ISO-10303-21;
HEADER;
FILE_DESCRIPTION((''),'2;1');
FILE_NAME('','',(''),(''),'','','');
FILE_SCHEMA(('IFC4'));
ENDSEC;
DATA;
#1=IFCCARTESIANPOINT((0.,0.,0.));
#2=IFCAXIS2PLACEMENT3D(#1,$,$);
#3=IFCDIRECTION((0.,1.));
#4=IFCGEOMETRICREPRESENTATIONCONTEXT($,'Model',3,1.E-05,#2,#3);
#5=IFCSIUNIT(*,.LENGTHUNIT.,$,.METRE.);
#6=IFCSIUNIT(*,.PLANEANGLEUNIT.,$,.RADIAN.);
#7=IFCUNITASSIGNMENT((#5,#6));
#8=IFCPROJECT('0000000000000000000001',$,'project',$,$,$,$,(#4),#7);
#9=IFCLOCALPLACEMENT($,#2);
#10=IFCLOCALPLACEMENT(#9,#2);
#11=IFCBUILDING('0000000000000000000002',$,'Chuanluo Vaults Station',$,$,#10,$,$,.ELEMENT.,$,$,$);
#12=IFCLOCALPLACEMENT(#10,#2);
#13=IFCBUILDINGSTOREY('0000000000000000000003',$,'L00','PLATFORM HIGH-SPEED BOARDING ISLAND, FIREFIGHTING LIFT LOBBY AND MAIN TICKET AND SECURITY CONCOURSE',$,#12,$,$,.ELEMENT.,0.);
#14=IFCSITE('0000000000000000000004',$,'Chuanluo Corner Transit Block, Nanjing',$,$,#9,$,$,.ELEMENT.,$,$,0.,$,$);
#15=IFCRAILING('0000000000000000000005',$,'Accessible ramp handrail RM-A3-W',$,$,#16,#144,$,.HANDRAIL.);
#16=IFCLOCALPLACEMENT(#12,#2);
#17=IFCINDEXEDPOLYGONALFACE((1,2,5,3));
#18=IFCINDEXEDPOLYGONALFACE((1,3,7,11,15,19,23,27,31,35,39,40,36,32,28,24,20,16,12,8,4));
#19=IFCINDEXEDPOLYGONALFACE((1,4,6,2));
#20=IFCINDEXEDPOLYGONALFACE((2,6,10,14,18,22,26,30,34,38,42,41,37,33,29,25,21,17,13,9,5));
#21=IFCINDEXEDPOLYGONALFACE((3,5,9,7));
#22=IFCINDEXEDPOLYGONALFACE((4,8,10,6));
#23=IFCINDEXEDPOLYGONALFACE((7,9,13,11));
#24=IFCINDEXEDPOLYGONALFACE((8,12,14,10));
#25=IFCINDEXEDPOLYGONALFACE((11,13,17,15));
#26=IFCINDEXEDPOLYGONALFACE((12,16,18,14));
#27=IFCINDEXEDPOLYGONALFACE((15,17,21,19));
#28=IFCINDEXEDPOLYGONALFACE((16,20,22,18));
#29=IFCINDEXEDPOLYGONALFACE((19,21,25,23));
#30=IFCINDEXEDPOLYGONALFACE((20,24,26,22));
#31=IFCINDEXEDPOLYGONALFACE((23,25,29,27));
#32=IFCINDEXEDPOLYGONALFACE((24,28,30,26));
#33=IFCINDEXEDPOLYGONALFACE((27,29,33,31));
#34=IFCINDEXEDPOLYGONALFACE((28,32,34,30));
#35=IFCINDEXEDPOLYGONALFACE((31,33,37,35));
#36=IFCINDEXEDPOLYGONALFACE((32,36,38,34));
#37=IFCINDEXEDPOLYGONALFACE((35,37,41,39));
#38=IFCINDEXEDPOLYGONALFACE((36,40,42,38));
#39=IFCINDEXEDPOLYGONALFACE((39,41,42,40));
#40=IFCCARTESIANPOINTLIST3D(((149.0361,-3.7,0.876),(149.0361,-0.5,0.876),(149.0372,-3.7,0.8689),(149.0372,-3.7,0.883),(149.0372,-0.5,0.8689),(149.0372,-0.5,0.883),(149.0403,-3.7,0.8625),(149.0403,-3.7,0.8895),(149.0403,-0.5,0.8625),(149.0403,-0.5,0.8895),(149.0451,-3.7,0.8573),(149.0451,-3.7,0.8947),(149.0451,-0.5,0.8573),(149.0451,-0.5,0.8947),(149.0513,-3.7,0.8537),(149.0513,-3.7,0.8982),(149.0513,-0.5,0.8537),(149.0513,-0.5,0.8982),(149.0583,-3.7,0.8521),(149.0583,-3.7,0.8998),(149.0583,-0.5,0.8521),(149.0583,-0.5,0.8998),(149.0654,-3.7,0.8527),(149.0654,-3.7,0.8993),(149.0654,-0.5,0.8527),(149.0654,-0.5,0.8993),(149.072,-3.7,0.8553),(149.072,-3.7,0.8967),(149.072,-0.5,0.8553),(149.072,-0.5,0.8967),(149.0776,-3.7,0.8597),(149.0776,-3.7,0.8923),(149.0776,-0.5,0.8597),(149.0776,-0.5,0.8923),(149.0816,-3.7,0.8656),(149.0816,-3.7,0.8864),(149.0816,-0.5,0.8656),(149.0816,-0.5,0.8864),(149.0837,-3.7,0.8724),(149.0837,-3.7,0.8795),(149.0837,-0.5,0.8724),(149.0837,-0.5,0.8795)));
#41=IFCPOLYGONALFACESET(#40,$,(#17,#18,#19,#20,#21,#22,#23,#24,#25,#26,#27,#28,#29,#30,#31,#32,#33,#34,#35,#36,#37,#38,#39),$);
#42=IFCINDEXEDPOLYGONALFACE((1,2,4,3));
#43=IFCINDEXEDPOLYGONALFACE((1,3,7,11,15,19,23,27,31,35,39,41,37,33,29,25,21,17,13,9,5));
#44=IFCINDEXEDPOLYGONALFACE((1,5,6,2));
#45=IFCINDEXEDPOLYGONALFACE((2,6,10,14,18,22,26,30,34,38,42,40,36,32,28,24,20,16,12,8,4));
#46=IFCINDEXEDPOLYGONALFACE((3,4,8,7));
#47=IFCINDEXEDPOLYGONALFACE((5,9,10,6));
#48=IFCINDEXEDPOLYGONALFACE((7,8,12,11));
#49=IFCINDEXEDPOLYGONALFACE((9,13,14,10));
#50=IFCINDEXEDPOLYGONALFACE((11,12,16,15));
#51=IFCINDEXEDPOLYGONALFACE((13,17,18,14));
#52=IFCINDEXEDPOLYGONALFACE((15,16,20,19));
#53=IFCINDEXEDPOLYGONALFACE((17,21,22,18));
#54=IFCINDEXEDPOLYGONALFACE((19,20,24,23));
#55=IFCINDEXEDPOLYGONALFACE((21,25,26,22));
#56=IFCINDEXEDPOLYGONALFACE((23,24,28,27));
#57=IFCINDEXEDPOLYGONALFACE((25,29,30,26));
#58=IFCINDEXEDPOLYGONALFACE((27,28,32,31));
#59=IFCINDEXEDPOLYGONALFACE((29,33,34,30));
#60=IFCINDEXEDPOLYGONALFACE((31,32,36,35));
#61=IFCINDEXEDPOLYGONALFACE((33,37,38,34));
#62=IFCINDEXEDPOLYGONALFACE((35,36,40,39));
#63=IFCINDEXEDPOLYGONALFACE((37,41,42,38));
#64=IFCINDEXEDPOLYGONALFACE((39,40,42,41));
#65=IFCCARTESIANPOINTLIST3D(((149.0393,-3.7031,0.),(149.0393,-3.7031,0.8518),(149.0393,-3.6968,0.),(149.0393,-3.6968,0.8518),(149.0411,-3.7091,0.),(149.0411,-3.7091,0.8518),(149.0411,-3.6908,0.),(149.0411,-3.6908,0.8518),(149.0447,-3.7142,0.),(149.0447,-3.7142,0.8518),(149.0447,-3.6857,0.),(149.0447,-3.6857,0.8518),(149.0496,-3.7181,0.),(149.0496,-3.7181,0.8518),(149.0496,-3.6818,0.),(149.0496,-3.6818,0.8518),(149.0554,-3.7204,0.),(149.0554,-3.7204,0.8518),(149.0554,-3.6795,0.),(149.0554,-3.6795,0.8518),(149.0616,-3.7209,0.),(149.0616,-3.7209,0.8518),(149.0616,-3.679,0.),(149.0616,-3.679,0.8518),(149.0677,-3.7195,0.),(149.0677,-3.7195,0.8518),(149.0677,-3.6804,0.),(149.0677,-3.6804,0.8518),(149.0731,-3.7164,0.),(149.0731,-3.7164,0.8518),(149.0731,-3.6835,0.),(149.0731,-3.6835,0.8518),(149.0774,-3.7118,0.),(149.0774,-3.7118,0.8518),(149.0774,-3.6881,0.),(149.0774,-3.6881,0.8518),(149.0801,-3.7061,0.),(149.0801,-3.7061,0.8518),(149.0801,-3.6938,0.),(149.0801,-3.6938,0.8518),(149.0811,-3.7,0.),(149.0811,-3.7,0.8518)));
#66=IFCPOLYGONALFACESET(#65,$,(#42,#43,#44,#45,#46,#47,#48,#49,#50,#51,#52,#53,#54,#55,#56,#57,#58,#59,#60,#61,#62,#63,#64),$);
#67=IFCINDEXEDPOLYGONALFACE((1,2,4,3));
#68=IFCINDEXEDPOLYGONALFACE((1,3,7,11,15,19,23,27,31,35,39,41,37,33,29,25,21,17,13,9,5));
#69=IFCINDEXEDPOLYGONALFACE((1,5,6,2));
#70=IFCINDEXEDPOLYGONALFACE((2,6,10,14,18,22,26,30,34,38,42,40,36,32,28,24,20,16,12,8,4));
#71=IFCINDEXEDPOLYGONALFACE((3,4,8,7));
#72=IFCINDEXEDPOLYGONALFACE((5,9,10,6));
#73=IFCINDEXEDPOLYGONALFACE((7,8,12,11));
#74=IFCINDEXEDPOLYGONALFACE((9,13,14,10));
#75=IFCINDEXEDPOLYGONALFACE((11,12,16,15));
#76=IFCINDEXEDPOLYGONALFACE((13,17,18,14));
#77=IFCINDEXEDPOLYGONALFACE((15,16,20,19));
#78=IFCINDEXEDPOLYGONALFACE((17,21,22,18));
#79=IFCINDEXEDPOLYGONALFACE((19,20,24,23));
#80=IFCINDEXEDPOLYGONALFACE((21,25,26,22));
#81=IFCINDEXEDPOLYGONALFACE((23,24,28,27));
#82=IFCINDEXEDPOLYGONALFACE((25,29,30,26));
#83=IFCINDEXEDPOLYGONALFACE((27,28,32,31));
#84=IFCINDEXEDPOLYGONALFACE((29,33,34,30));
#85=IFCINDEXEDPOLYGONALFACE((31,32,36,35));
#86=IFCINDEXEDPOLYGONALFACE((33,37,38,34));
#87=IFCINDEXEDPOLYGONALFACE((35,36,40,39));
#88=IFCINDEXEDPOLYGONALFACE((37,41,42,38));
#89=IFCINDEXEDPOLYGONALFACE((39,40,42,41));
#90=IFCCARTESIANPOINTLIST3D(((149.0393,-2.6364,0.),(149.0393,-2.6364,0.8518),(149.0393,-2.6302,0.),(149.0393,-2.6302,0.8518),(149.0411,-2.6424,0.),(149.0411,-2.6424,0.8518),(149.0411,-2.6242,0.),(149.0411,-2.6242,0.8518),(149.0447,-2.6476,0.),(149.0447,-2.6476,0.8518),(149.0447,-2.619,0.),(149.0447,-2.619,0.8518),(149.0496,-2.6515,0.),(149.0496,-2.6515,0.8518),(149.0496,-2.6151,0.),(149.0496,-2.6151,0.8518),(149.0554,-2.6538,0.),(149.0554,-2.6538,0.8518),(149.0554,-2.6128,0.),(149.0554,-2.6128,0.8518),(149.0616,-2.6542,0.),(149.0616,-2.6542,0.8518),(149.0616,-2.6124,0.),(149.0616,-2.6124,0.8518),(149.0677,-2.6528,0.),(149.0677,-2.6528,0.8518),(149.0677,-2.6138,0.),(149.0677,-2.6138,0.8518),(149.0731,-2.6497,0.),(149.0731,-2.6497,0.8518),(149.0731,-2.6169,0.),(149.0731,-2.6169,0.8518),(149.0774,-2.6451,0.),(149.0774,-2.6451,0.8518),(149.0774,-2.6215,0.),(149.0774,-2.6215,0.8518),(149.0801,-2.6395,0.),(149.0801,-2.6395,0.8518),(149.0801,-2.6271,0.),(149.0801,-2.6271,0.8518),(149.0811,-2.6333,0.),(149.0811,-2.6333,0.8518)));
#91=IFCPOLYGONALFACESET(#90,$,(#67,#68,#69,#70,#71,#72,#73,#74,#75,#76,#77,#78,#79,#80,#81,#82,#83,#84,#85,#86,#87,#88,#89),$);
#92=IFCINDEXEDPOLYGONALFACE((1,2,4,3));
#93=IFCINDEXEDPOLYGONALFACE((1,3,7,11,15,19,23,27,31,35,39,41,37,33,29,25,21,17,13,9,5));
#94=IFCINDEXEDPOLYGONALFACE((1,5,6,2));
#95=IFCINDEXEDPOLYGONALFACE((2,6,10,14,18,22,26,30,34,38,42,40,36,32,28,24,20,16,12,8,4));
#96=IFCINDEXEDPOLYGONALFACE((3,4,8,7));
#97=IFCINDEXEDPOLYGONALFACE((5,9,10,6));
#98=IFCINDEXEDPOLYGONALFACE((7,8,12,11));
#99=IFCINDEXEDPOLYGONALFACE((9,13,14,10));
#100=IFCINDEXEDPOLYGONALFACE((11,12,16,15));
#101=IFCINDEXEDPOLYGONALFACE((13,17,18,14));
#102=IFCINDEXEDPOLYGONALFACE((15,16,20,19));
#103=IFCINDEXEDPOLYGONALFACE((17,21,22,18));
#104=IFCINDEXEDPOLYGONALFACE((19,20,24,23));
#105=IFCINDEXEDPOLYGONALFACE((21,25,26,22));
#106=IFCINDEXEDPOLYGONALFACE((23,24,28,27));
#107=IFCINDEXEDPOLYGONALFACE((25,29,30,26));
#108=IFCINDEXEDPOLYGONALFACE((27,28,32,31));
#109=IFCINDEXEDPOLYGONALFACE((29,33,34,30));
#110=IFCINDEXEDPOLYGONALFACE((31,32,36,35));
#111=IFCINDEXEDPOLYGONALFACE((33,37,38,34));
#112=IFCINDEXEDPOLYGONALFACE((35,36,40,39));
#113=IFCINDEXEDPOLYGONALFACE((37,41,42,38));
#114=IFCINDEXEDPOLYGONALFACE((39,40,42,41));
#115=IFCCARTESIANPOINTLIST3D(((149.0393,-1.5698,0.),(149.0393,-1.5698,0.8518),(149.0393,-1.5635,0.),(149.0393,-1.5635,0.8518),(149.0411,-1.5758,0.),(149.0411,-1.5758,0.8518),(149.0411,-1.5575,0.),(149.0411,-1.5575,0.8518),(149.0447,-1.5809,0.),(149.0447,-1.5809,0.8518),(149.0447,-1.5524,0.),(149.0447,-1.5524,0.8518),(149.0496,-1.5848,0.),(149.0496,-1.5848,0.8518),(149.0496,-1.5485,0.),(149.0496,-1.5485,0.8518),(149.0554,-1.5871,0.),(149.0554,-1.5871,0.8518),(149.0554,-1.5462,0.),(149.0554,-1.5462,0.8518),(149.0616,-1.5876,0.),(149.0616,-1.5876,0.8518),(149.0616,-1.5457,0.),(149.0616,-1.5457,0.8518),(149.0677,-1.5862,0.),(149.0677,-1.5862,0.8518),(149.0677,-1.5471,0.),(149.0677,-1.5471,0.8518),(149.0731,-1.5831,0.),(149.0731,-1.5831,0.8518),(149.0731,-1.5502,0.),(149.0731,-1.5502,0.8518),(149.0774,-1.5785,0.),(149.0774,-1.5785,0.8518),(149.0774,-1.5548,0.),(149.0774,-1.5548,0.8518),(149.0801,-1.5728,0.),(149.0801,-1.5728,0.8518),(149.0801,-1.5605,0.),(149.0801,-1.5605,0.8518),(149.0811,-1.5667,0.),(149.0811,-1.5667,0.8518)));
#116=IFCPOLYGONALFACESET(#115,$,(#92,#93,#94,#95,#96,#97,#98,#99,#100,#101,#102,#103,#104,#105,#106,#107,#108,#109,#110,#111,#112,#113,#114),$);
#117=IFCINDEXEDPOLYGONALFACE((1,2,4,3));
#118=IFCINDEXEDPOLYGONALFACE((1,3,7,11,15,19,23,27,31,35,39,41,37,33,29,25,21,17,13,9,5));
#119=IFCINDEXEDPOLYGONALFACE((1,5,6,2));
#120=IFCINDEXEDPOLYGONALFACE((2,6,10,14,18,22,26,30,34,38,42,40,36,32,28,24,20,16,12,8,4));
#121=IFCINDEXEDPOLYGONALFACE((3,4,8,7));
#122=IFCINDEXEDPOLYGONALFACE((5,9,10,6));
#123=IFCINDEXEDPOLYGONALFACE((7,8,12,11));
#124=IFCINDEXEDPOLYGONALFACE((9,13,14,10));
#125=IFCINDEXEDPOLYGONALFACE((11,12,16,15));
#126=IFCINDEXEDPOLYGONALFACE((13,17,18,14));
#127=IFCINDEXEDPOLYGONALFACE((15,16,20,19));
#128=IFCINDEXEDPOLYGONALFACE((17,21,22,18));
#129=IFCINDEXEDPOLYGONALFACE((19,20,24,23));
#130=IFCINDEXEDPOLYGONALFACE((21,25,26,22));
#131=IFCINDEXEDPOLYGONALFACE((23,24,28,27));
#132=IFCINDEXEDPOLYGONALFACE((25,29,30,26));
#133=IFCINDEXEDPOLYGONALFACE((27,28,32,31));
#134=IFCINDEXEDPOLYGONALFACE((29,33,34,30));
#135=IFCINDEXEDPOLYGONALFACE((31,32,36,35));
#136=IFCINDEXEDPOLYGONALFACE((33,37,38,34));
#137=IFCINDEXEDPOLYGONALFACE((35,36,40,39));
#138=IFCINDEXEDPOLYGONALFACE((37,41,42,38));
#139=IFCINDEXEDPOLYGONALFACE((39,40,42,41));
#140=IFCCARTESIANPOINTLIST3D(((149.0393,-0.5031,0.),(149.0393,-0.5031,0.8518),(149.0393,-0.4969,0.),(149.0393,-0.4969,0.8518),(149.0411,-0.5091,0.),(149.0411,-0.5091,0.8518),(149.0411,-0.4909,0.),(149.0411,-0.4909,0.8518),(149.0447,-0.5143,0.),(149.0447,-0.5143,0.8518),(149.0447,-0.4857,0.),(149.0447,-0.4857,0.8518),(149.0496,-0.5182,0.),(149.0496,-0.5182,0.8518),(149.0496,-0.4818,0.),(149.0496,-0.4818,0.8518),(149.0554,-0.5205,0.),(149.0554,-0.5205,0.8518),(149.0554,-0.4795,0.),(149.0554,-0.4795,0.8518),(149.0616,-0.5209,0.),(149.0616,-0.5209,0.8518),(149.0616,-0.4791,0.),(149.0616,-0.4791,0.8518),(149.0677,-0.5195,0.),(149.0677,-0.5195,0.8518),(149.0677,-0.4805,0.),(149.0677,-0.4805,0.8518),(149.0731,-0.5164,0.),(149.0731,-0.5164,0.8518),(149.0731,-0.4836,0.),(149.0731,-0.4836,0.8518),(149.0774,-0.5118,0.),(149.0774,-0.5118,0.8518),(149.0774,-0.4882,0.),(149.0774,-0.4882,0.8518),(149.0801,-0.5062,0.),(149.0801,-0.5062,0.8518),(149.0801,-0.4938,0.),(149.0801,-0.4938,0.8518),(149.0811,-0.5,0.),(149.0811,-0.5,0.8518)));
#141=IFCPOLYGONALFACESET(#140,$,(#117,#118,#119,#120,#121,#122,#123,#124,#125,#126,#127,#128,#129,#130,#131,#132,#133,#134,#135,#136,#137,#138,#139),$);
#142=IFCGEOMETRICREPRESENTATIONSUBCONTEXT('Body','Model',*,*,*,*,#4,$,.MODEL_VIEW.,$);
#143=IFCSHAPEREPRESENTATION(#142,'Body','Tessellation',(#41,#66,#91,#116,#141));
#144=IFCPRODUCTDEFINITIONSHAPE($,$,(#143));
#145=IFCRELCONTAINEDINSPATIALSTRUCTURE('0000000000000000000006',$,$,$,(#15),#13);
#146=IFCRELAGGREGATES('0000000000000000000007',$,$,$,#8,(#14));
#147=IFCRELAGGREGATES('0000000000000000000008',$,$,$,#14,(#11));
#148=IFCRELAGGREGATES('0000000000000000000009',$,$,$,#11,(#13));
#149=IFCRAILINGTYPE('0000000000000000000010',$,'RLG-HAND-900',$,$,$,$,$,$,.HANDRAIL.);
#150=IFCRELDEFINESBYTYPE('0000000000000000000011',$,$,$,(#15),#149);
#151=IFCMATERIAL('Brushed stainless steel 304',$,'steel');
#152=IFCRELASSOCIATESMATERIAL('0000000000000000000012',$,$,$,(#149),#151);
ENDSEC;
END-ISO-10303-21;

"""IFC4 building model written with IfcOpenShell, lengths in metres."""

from ifc_helpers import new_model, si_unit, direction, frame, origin, origin_2d, place, context, subcontext, project, spatial, circle, extrude, material, type_object, element, save


model = new_model("IFC4")

# Units and contexts
model_context = context("Model", 3, precision=1e-05, world=origin(), true_north=direction((0.0, 1.0)))
body_context = subcontext(model_context, "Body", "Model", "MODEL_VIEW")
ifc_project = project(units=[si_unit("LENGTHUNIT", "METRE"), si_unit("PLANEANGLEUNIT", "RADIAN")], contexts=[model_context])

# Site, building, storey
site_placement = place(None, origin())
site = spatial("IfcSite", under=ifc_project, at=site_placement, Name="Chuanluo Corner Transit Block, Nanjing", CompositionType="ELEMENT", RefElevation=0.0)
building_placement = place(site_placement, origin())
building = spatial("IfcBuilding", under=site, at=building_placement, Name="Chuanluo Vaults Station", CompositionType="ELEMENT")
storey_placement = place(building_placement, origin())
storey = spatial("IfcBuildingStorey", under=building, at=storey_placement, Name="L00", Description="PLATFORM HIGH-SPEED BOARDING ISLAND, FIREFIGHTING LIFT LOBBY AND MAIN TICKET AND SECURITY CONCOURSE", CompositionType="ELEMENT", Elevation=0.0)

# Railing
ifc_material_1 = material(Name="Brushed stainless steel 304", Category="steel")
railing_type = type_object("IfcRailingType", Name="RLG-HAND-900", PredefinedType="HANDRAIL", material=ifc_material_1)
for number, where, name in (
    (1, (149.0601, -3.7, 0.0), "Accessible ramp handrail RM-A3-W"),
):
    element("IfcRailing", number, at=place(storey_placement, frame(where)), inside=storey, type_object=railing_type, Name=name, PredefinedType="HANDRAIL", context=body_context, shape_type="SweptSolid", body=[
        extrude(circle(Radius=0.0239, at=origin_2d()), frame((0.0, 0.0, 0.876), z_axis=(0.0, 1.0, 0.0), x_axis=(-1.0, 0.0, 0.0)), (0.0, 0.0, 1.0), 3.2),
        extrude(circle(Radius=0.021, at=origin_2d()), origin(), (0.0, 0.0, 1.0), 0.8518),
        extrude(circle(Radius=0.021, at=origin_2d()), frame((0.0, 1.0667, 0.0)), (0.0, 0.0, 1.0), 0.8518),
        extrude(circle(Radius=0.021, at=origin_2d()), frame((0.0, 2.1333, 0.0)), (0.0, 0.0, 1.0), 0.8518),
        extrude(circle(Radius=0.021, at=origin_2d()), frame((0.0, 3.2, 0.0)), (0.0, 0.0, 1.0), 0.8518),
    ])

save(model, "model.ifc")
